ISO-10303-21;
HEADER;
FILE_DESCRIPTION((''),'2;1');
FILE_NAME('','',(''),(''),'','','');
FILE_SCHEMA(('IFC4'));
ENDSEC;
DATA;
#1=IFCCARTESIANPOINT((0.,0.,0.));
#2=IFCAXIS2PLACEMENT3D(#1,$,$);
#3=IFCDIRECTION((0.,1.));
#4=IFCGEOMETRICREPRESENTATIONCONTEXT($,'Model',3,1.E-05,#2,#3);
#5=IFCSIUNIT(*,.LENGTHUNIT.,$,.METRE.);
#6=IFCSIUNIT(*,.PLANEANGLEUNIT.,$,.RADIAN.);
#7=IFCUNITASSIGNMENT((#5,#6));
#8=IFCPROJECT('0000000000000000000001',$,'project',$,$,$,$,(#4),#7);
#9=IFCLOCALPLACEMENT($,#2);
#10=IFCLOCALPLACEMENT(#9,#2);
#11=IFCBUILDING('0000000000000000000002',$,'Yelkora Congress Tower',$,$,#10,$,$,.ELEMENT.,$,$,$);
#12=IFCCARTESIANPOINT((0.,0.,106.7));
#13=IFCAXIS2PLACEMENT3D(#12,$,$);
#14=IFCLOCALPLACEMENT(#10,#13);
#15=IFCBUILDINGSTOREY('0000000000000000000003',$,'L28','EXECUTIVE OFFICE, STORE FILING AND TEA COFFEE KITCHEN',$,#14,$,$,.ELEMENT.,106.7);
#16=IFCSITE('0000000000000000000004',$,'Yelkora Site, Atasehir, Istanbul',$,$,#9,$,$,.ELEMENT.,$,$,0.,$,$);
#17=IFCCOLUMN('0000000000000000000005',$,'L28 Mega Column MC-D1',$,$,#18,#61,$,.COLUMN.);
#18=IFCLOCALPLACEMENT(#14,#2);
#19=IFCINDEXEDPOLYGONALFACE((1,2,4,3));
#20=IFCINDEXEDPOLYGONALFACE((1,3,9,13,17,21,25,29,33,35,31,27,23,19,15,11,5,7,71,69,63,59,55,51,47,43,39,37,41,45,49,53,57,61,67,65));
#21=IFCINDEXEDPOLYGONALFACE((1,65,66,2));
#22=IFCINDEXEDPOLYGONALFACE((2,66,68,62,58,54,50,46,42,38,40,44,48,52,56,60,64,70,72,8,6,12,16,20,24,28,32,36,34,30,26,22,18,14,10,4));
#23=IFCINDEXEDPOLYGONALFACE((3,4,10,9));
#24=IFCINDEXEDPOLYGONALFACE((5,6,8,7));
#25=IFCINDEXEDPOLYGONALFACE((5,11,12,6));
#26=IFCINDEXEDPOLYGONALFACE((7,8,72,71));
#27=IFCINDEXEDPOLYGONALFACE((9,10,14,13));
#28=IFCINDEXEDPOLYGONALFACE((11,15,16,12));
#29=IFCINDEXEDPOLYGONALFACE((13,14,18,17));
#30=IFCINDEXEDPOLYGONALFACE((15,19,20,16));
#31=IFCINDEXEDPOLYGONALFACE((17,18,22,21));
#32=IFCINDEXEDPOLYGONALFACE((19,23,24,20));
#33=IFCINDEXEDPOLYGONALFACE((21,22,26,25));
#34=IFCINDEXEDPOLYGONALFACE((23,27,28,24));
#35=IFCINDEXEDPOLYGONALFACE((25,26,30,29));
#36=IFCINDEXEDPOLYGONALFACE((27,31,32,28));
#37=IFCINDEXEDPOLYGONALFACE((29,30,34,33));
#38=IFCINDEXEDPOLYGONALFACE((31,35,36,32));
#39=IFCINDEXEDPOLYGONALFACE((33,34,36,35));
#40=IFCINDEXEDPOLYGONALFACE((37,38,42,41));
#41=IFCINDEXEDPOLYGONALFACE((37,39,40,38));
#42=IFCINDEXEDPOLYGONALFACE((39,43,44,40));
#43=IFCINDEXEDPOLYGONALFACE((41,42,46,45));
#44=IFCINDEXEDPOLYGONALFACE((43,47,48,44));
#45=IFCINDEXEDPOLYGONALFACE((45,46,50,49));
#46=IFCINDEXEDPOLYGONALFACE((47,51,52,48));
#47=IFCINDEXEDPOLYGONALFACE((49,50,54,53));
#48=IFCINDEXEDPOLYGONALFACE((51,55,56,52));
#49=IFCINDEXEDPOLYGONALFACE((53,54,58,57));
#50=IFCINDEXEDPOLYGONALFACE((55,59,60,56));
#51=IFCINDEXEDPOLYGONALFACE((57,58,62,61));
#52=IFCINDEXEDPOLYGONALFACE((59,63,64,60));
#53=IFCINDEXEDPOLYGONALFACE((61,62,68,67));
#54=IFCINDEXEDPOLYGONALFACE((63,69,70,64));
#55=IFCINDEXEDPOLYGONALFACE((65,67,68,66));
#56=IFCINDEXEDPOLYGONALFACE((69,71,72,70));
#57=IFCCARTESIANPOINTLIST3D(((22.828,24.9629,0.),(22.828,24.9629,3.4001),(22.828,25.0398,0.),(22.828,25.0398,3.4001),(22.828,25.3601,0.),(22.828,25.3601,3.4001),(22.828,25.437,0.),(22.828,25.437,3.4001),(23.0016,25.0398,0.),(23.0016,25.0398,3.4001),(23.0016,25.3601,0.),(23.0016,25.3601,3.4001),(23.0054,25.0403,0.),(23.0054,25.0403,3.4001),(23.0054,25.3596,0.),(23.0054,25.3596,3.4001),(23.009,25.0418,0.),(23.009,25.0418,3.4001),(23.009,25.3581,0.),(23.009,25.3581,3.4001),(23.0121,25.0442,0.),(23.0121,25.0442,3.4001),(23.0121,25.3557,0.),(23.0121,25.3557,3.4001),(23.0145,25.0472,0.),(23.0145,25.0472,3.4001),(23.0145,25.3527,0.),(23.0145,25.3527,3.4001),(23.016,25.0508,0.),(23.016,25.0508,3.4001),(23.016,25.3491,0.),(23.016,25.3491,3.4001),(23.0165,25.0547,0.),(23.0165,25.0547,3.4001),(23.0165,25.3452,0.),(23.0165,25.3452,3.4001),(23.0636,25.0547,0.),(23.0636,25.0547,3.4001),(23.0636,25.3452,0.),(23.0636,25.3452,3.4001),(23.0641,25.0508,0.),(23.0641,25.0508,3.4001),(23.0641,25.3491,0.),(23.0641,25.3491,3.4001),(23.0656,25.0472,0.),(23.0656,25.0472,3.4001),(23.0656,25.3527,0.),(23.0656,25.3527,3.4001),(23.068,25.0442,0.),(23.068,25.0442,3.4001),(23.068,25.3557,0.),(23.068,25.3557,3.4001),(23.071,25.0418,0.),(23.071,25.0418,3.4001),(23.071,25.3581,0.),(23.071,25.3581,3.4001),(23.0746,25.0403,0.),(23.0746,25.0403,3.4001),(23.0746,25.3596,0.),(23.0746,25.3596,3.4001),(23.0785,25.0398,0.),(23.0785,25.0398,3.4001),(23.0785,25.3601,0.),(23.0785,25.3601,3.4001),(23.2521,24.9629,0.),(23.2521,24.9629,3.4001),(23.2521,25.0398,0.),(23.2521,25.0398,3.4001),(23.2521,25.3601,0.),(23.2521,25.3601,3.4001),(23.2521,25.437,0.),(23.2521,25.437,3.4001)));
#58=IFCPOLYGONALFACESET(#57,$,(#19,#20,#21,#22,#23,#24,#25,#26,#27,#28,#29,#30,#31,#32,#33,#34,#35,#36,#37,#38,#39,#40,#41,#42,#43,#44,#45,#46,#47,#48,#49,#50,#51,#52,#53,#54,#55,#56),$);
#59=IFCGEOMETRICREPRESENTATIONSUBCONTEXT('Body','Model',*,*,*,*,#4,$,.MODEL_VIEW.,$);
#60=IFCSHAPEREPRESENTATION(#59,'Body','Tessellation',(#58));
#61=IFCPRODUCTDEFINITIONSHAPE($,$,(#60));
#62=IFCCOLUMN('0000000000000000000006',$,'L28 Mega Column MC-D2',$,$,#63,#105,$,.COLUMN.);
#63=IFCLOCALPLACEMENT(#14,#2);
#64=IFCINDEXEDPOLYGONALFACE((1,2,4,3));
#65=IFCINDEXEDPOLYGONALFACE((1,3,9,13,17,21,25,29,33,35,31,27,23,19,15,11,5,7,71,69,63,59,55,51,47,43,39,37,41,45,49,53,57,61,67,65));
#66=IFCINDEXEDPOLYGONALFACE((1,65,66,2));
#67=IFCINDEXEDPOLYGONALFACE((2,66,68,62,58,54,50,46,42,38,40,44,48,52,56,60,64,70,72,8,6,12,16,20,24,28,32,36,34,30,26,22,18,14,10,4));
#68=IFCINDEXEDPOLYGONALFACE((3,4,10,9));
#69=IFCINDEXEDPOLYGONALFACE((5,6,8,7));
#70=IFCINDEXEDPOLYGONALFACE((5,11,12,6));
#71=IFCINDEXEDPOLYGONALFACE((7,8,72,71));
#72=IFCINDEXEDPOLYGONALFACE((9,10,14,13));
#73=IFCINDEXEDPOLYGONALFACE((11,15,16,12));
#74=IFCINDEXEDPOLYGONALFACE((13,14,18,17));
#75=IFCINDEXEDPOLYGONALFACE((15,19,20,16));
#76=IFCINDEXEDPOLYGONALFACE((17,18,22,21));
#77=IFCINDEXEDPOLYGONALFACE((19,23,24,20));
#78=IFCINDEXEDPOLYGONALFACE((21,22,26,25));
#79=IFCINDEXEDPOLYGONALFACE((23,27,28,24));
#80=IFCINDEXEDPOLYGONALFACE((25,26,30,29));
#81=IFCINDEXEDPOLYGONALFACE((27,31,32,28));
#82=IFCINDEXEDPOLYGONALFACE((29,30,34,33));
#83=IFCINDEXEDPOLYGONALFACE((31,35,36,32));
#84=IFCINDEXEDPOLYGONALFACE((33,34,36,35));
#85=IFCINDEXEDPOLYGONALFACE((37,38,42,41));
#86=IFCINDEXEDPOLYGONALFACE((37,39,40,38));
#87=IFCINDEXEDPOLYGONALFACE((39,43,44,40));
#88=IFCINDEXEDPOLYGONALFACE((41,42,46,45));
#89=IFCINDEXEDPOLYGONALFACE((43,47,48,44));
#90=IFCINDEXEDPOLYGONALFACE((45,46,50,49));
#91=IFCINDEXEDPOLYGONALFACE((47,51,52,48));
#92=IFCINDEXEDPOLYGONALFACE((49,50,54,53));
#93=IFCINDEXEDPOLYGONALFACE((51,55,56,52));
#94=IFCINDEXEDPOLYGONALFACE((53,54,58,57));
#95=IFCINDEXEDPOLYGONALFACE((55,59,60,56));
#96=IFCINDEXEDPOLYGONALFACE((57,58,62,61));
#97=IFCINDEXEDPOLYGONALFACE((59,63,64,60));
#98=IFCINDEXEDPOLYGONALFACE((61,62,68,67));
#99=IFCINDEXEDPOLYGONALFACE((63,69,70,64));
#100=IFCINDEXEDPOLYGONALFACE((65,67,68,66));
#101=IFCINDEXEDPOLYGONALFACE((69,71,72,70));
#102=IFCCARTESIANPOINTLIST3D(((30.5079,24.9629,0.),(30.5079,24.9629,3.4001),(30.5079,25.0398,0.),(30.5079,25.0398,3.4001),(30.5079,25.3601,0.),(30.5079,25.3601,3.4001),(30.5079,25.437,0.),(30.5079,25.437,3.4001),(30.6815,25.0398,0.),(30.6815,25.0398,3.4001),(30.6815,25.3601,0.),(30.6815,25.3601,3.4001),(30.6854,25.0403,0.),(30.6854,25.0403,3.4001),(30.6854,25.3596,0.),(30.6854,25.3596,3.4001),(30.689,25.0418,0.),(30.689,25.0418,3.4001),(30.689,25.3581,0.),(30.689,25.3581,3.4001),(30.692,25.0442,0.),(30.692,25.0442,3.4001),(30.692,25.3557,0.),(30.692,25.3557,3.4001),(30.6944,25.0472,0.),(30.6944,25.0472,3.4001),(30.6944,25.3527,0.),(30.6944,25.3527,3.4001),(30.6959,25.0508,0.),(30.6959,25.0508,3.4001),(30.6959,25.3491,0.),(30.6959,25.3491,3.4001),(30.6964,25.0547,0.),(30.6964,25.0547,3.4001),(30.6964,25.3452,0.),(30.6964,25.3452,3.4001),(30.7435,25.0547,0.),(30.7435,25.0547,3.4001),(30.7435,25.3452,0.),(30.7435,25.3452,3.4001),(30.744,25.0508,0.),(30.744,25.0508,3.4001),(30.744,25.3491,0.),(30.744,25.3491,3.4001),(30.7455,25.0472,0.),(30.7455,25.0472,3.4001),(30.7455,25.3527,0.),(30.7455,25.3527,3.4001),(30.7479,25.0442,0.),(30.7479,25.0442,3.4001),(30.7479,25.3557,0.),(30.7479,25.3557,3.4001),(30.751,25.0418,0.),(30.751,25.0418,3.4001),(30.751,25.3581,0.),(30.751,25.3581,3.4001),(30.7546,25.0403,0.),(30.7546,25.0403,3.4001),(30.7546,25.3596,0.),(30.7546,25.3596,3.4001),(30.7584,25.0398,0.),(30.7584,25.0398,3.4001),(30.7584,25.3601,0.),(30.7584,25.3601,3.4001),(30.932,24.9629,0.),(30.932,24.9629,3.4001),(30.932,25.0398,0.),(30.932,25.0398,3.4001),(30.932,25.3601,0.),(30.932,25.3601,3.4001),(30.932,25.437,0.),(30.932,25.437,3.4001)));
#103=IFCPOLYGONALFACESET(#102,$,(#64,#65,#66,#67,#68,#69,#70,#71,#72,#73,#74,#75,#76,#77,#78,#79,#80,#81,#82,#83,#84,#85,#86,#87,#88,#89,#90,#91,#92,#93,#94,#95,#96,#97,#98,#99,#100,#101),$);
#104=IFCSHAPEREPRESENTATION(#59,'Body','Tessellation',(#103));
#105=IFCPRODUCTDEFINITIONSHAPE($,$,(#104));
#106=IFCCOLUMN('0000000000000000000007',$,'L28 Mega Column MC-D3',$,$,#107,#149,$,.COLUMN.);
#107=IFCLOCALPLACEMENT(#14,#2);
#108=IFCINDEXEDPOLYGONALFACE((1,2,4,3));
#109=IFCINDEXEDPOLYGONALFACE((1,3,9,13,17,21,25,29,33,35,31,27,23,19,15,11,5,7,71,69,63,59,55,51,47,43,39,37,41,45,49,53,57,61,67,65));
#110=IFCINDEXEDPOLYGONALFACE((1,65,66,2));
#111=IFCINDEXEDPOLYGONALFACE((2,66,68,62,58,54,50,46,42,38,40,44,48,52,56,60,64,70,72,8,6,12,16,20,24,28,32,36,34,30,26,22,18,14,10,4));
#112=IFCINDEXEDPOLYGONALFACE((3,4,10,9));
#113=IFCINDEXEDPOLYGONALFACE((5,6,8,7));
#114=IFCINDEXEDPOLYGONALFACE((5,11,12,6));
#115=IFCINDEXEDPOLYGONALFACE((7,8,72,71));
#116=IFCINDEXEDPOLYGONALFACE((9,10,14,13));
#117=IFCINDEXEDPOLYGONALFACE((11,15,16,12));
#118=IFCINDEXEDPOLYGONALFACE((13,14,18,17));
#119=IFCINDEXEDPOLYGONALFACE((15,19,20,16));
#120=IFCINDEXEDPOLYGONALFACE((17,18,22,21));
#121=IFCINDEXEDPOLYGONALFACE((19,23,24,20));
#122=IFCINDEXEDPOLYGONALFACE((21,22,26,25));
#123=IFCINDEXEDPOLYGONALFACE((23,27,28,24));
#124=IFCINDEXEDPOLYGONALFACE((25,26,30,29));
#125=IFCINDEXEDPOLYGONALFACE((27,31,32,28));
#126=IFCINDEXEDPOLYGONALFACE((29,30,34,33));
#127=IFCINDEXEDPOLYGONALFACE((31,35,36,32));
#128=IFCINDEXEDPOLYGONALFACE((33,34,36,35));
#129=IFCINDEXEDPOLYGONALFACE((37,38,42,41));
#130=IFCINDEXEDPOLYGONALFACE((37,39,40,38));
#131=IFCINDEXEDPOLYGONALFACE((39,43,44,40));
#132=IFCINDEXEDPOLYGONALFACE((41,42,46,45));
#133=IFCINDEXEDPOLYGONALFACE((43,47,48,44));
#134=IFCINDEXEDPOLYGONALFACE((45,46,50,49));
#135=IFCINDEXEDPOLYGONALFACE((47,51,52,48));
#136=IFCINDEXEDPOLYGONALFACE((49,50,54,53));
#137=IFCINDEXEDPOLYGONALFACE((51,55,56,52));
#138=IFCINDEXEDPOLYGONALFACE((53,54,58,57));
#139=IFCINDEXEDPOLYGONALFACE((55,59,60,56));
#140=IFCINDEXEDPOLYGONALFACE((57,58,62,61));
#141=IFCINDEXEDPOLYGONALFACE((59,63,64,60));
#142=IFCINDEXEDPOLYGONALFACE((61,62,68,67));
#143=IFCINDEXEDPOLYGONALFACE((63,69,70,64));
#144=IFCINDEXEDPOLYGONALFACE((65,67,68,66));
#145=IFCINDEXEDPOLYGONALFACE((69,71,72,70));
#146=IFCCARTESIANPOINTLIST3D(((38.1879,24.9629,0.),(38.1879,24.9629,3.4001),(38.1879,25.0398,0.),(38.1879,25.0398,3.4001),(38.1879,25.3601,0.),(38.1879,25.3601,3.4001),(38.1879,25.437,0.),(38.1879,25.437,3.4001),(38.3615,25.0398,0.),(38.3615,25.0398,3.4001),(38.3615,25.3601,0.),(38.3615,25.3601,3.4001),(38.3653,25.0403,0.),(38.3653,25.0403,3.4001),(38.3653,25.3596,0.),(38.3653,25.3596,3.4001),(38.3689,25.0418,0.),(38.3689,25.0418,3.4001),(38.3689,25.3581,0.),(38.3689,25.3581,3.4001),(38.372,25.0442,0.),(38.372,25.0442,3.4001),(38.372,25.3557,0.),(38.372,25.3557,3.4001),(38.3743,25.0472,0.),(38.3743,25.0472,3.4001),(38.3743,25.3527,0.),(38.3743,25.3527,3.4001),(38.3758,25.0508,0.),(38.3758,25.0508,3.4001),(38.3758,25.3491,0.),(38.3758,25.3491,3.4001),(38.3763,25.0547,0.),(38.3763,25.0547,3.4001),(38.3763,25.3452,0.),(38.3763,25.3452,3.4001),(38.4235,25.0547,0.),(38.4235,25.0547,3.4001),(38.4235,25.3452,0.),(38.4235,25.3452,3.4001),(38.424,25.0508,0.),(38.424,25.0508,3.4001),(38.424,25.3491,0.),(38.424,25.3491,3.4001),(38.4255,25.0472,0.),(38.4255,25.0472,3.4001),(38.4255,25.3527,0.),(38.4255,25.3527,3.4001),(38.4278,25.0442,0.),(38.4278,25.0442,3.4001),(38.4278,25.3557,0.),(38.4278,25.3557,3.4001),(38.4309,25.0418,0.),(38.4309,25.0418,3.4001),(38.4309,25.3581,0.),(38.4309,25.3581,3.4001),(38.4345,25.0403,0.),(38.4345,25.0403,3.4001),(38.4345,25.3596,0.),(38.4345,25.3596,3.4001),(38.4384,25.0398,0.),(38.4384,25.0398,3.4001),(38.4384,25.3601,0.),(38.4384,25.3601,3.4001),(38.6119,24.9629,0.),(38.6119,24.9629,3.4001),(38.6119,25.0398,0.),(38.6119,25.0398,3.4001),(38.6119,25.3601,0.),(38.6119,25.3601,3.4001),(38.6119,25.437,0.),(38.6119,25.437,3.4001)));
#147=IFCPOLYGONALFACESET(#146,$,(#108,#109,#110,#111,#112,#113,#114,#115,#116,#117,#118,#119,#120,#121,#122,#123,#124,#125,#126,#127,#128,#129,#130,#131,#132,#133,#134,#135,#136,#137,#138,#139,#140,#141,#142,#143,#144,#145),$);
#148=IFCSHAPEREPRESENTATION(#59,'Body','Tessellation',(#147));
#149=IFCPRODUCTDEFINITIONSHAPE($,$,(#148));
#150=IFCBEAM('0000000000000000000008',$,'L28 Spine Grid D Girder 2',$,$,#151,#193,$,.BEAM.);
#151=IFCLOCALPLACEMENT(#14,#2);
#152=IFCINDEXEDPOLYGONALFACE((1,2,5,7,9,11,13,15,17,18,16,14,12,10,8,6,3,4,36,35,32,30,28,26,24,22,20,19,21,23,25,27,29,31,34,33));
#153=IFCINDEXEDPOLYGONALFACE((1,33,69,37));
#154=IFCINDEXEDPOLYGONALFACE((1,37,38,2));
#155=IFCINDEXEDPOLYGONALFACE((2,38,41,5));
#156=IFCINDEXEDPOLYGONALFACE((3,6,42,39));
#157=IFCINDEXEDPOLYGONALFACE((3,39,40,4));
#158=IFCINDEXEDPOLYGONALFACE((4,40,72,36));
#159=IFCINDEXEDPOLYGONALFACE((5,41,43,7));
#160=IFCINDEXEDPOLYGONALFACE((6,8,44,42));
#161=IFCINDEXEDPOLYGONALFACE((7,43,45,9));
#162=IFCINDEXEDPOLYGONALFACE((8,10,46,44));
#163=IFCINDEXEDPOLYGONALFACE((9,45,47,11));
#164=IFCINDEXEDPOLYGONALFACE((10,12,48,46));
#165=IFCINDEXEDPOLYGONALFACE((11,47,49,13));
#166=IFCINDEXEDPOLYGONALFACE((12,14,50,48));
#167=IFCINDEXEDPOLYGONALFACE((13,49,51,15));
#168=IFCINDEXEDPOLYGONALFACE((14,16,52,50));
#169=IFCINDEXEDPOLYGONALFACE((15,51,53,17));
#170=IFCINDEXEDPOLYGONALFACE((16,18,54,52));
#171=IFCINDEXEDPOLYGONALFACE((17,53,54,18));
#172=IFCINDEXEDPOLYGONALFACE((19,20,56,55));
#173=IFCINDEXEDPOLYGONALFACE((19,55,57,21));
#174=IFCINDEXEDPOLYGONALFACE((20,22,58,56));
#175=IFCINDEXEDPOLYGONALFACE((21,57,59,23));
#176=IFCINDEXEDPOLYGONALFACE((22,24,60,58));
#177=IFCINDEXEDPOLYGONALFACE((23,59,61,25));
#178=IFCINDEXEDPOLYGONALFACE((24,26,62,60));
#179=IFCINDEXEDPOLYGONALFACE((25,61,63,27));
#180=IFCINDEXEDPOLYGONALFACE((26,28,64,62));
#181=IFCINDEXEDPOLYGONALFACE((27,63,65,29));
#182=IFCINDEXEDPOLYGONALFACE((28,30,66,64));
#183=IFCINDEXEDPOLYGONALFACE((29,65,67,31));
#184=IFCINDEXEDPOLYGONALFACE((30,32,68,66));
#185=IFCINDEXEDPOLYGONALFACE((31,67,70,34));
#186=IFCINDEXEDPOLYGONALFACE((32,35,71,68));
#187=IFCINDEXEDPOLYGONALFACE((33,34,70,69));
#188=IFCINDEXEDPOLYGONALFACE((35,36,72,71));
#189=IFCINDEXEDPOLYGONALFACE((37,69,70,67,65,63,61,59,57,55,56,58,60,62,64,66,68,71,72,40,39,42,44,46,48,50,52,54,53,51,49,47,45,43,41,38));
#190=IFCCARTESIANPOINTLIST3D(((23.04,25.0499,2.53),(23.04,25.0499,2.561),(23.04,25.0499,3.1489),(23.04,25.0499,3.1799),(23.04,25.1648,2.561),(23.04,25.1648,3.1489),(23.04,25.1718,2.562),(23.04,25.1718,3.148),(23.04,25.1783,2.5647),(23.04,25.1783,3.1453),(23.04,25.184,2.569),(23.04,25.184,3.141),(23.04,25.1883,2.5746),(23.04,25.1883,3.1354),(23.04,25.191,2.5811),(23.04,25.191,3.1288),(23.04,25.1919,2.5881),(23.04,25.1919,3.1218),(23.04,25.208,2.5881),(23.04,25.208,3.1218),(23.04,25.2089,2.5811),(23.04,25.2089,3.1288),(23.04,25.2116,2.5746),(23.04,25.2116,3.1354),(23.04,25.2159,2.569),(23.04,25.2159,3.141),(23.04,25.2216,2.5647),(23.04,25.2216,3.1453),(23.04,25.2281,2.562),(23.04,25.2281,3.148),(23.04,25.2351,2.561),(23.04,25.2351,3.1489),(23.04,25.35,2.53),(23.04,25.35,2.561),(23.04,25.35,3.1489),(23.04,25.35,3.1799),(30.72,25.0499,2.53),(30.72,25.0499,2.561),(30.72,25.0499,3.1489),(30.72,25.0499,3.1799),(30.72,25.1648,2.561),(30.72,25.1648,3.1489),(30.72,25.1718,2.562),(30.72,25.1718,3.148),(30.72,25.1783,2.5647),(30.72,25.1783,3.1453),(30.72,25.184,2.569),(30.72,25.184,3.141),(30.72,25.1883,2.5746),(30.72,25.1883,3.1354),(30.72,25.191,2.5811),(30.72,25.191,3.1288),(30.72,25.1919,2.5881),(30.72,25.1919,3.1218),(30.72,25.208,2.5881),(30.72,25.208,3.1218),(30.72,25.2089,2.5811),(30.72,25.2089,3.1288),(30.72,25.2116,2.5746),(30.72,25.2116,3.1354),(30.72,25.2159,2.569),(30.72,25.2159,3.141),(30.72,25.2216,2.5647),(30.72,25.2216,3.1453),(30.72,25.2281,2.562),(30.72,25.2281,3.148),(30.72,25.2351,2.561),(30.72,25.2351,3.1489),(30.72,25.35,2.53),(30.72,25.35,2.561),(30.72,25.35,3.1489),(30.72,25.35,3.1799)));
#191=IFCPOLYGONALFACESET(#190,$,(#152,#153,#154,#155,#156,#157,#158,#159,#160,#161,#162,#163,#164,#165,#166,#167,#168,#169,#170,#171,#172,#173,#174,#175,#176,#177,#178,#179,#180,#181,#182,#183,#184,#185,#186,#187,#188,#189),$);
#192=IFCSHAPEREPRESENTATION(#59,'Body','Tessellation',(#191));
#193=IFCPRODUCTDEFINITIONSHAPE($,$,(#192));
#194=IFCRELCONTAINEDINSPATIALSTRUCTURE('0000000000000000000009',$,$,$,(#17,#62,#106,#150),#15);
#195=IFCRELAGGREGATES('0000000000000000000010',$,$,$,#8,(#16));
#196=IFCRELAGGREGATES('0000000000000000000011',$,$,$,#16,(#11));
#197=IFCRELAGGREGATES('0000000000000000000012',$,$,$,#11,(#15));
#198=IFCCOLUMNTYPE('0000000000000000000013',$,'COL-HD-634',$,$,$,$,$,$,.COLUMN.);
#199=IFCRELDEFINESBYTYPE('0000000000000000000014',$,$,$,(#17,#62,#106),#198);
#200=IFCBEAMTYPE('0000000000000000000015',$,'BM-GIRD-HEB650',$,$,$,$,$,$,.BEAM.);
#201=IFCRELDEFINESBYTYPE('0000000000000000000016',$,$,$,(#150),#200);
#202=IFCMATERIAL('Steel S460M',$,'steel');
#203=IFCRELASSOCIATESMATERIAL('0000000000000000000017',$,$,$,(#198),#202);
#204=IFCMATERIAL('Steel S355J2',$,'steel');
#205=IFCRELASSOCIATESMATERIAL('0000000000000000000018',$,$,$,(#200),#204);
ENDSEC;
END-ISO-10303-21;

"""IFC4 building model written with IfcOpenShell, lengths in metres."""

from ifc_helpers import new_model, si_unit, direction, frame, origin, origin_2d, place, context, subcontext, project, spatial, i_section, extrude, material, material_profile, profile_set, type_object, element, save


model = new_model("IFC4")

# Units and contexts
model_context = context("Model", 3, precision=1e-05, world=origin(), true_north=direction((0.0, 1.0)))
body_context = subcontext(model_context, "Body", "Model", "MODEL_VIEW")
ifc_project = project(units=[si_unit("LENGTHUNIT", "METRE"), si_unit("PLANEANGLEUNIT", "RADIAN")], contexts=[model_context])

# Site, building, storey
site_placement = place(None, origin())
site = spatial("IfcSite", under=ifc_project, at=site_placement, Name="Yelkora Site, Atasehir, Istanbul", CompositionType="ELEMENT", RefElevation=0.0)
building_placement = place(site_placement, origin())
building = spatial("IfcBuilding", under=site, at=building_placement, Name="Yelkora Congress Tower", CompositionType="ELEMENT")
storey_placement = place(building_placement, frame((0.0, 0.0, 106.7)))
storey = spatial("IfcBuildingStorey", under=building, at=storey_placement, Name="L28", Description="EXECUTIVE OFFICE, STORE FILING AND TEA COFFEE KITCHEN", CompositionType="ELEMENT", Elevation=106.7)

# Columns
ifc_material_1 = material(Name="Steel S460M", Category="steel")
ifc_material_profile_1 = material_profile(ifc_material_1, i_section(OverallWidth=0.4241, OverallDepth=0.4741, WebThickness=0.0471, FlangeThickness=0.0769, FilletRadius=0.0149, at=origin_2d()), Name="HD 400x634")
ifc_profile_set_1 = profile_set([ifc_material_profile_1], Name="Steel S460M")
column_type = type_object("IfcColumnType", Name="COL-HD-634", PredefinedType="COLUMN", material=ifc_profile_set_1)
for number, where, z_axis, x_axis, name in (
    (1, (23.04, 25.2, 0.0), (0.0, 0.0, 1.0), (1.0, 0.0, 0.0), "L28 Mega Column MC-D1"),
    (2, (30.72, 25.2, 0.0), (0.0, 0.0, 1.0), (1.0, 0.0, 0.0), "L28 Mega Column MC-D2"),
    (3, (38.3999, 25.2, 0.0), (0.0, 0.0, 1.0), (1.0, 0.0, 0.0), "L28 Mega Column MC-D3"),
):
    element("IfcColumn", number, at=place(storey_placement, frame(where, z_axis=z_axis, x_axis=x_axis)), inside=storey, type_object=column_type, Name=name, PredefinedType="COLUMN", context=body_context, shape_type="SweptSolid", body=[
        extrude(i_section(OverallWidth=0.4241, OverallDepth=0.4741, WebThickness=0.0471, FlangeThickness=0.0769, FilletRadius=0.0149, at=origin_2d()), origin(), (0.0, 0.0, 1.0), 3.4001),
    ])

# Beam
ifc_material_2 = material(Name="Steel S355J2", Category="steel")
ifc_material_profile_2 = material_profile(ifc_material_2, i_section(OverallWidth=0.3, OverallDepth=0.6499, WebThickness=0.0161, FlangeThickness=0.031, FilletRadius=0.0271, at=origin_2d()), Name="HEB 650")
ifc_profile_set_2 = profile_set([ifc_material_profile_2], Name="Steel S355J2")
beam_type_1 = type_object("IfcBeamType", Name="BM-GIRD-HEB650", PredefinedType="BEAM", material=ifc_profile_set_2)
for number, where, z_axis, x_axis, name in (
    (4, (23.04, 25.2, 2.855), (1.0, 0.0, 0.0), (0.0, 1.0, 0.0), "L28 Spine Grid D Girder 2"),
):
    element("IfcBeam", number, at=place(storey_placement, frame(where, z_axis=z_axis, x_axis=x_axis)), inside=storey, type_object=beam_type_1, Name=name, PredefinedType="BEAM", context=body_context, shape_type="SweptSolid", body=[
        extrude(i_section(OverallWidth=0.3, OverallDepth=0.6499, WebThickness=0.0161, FlangeThickness=0.031, FilletRadius=0.0271, at=origin_2d()), origin(), (0.0, 0.0, 1.0), 7.6799),
    ])

save(model, "model.ifc")
